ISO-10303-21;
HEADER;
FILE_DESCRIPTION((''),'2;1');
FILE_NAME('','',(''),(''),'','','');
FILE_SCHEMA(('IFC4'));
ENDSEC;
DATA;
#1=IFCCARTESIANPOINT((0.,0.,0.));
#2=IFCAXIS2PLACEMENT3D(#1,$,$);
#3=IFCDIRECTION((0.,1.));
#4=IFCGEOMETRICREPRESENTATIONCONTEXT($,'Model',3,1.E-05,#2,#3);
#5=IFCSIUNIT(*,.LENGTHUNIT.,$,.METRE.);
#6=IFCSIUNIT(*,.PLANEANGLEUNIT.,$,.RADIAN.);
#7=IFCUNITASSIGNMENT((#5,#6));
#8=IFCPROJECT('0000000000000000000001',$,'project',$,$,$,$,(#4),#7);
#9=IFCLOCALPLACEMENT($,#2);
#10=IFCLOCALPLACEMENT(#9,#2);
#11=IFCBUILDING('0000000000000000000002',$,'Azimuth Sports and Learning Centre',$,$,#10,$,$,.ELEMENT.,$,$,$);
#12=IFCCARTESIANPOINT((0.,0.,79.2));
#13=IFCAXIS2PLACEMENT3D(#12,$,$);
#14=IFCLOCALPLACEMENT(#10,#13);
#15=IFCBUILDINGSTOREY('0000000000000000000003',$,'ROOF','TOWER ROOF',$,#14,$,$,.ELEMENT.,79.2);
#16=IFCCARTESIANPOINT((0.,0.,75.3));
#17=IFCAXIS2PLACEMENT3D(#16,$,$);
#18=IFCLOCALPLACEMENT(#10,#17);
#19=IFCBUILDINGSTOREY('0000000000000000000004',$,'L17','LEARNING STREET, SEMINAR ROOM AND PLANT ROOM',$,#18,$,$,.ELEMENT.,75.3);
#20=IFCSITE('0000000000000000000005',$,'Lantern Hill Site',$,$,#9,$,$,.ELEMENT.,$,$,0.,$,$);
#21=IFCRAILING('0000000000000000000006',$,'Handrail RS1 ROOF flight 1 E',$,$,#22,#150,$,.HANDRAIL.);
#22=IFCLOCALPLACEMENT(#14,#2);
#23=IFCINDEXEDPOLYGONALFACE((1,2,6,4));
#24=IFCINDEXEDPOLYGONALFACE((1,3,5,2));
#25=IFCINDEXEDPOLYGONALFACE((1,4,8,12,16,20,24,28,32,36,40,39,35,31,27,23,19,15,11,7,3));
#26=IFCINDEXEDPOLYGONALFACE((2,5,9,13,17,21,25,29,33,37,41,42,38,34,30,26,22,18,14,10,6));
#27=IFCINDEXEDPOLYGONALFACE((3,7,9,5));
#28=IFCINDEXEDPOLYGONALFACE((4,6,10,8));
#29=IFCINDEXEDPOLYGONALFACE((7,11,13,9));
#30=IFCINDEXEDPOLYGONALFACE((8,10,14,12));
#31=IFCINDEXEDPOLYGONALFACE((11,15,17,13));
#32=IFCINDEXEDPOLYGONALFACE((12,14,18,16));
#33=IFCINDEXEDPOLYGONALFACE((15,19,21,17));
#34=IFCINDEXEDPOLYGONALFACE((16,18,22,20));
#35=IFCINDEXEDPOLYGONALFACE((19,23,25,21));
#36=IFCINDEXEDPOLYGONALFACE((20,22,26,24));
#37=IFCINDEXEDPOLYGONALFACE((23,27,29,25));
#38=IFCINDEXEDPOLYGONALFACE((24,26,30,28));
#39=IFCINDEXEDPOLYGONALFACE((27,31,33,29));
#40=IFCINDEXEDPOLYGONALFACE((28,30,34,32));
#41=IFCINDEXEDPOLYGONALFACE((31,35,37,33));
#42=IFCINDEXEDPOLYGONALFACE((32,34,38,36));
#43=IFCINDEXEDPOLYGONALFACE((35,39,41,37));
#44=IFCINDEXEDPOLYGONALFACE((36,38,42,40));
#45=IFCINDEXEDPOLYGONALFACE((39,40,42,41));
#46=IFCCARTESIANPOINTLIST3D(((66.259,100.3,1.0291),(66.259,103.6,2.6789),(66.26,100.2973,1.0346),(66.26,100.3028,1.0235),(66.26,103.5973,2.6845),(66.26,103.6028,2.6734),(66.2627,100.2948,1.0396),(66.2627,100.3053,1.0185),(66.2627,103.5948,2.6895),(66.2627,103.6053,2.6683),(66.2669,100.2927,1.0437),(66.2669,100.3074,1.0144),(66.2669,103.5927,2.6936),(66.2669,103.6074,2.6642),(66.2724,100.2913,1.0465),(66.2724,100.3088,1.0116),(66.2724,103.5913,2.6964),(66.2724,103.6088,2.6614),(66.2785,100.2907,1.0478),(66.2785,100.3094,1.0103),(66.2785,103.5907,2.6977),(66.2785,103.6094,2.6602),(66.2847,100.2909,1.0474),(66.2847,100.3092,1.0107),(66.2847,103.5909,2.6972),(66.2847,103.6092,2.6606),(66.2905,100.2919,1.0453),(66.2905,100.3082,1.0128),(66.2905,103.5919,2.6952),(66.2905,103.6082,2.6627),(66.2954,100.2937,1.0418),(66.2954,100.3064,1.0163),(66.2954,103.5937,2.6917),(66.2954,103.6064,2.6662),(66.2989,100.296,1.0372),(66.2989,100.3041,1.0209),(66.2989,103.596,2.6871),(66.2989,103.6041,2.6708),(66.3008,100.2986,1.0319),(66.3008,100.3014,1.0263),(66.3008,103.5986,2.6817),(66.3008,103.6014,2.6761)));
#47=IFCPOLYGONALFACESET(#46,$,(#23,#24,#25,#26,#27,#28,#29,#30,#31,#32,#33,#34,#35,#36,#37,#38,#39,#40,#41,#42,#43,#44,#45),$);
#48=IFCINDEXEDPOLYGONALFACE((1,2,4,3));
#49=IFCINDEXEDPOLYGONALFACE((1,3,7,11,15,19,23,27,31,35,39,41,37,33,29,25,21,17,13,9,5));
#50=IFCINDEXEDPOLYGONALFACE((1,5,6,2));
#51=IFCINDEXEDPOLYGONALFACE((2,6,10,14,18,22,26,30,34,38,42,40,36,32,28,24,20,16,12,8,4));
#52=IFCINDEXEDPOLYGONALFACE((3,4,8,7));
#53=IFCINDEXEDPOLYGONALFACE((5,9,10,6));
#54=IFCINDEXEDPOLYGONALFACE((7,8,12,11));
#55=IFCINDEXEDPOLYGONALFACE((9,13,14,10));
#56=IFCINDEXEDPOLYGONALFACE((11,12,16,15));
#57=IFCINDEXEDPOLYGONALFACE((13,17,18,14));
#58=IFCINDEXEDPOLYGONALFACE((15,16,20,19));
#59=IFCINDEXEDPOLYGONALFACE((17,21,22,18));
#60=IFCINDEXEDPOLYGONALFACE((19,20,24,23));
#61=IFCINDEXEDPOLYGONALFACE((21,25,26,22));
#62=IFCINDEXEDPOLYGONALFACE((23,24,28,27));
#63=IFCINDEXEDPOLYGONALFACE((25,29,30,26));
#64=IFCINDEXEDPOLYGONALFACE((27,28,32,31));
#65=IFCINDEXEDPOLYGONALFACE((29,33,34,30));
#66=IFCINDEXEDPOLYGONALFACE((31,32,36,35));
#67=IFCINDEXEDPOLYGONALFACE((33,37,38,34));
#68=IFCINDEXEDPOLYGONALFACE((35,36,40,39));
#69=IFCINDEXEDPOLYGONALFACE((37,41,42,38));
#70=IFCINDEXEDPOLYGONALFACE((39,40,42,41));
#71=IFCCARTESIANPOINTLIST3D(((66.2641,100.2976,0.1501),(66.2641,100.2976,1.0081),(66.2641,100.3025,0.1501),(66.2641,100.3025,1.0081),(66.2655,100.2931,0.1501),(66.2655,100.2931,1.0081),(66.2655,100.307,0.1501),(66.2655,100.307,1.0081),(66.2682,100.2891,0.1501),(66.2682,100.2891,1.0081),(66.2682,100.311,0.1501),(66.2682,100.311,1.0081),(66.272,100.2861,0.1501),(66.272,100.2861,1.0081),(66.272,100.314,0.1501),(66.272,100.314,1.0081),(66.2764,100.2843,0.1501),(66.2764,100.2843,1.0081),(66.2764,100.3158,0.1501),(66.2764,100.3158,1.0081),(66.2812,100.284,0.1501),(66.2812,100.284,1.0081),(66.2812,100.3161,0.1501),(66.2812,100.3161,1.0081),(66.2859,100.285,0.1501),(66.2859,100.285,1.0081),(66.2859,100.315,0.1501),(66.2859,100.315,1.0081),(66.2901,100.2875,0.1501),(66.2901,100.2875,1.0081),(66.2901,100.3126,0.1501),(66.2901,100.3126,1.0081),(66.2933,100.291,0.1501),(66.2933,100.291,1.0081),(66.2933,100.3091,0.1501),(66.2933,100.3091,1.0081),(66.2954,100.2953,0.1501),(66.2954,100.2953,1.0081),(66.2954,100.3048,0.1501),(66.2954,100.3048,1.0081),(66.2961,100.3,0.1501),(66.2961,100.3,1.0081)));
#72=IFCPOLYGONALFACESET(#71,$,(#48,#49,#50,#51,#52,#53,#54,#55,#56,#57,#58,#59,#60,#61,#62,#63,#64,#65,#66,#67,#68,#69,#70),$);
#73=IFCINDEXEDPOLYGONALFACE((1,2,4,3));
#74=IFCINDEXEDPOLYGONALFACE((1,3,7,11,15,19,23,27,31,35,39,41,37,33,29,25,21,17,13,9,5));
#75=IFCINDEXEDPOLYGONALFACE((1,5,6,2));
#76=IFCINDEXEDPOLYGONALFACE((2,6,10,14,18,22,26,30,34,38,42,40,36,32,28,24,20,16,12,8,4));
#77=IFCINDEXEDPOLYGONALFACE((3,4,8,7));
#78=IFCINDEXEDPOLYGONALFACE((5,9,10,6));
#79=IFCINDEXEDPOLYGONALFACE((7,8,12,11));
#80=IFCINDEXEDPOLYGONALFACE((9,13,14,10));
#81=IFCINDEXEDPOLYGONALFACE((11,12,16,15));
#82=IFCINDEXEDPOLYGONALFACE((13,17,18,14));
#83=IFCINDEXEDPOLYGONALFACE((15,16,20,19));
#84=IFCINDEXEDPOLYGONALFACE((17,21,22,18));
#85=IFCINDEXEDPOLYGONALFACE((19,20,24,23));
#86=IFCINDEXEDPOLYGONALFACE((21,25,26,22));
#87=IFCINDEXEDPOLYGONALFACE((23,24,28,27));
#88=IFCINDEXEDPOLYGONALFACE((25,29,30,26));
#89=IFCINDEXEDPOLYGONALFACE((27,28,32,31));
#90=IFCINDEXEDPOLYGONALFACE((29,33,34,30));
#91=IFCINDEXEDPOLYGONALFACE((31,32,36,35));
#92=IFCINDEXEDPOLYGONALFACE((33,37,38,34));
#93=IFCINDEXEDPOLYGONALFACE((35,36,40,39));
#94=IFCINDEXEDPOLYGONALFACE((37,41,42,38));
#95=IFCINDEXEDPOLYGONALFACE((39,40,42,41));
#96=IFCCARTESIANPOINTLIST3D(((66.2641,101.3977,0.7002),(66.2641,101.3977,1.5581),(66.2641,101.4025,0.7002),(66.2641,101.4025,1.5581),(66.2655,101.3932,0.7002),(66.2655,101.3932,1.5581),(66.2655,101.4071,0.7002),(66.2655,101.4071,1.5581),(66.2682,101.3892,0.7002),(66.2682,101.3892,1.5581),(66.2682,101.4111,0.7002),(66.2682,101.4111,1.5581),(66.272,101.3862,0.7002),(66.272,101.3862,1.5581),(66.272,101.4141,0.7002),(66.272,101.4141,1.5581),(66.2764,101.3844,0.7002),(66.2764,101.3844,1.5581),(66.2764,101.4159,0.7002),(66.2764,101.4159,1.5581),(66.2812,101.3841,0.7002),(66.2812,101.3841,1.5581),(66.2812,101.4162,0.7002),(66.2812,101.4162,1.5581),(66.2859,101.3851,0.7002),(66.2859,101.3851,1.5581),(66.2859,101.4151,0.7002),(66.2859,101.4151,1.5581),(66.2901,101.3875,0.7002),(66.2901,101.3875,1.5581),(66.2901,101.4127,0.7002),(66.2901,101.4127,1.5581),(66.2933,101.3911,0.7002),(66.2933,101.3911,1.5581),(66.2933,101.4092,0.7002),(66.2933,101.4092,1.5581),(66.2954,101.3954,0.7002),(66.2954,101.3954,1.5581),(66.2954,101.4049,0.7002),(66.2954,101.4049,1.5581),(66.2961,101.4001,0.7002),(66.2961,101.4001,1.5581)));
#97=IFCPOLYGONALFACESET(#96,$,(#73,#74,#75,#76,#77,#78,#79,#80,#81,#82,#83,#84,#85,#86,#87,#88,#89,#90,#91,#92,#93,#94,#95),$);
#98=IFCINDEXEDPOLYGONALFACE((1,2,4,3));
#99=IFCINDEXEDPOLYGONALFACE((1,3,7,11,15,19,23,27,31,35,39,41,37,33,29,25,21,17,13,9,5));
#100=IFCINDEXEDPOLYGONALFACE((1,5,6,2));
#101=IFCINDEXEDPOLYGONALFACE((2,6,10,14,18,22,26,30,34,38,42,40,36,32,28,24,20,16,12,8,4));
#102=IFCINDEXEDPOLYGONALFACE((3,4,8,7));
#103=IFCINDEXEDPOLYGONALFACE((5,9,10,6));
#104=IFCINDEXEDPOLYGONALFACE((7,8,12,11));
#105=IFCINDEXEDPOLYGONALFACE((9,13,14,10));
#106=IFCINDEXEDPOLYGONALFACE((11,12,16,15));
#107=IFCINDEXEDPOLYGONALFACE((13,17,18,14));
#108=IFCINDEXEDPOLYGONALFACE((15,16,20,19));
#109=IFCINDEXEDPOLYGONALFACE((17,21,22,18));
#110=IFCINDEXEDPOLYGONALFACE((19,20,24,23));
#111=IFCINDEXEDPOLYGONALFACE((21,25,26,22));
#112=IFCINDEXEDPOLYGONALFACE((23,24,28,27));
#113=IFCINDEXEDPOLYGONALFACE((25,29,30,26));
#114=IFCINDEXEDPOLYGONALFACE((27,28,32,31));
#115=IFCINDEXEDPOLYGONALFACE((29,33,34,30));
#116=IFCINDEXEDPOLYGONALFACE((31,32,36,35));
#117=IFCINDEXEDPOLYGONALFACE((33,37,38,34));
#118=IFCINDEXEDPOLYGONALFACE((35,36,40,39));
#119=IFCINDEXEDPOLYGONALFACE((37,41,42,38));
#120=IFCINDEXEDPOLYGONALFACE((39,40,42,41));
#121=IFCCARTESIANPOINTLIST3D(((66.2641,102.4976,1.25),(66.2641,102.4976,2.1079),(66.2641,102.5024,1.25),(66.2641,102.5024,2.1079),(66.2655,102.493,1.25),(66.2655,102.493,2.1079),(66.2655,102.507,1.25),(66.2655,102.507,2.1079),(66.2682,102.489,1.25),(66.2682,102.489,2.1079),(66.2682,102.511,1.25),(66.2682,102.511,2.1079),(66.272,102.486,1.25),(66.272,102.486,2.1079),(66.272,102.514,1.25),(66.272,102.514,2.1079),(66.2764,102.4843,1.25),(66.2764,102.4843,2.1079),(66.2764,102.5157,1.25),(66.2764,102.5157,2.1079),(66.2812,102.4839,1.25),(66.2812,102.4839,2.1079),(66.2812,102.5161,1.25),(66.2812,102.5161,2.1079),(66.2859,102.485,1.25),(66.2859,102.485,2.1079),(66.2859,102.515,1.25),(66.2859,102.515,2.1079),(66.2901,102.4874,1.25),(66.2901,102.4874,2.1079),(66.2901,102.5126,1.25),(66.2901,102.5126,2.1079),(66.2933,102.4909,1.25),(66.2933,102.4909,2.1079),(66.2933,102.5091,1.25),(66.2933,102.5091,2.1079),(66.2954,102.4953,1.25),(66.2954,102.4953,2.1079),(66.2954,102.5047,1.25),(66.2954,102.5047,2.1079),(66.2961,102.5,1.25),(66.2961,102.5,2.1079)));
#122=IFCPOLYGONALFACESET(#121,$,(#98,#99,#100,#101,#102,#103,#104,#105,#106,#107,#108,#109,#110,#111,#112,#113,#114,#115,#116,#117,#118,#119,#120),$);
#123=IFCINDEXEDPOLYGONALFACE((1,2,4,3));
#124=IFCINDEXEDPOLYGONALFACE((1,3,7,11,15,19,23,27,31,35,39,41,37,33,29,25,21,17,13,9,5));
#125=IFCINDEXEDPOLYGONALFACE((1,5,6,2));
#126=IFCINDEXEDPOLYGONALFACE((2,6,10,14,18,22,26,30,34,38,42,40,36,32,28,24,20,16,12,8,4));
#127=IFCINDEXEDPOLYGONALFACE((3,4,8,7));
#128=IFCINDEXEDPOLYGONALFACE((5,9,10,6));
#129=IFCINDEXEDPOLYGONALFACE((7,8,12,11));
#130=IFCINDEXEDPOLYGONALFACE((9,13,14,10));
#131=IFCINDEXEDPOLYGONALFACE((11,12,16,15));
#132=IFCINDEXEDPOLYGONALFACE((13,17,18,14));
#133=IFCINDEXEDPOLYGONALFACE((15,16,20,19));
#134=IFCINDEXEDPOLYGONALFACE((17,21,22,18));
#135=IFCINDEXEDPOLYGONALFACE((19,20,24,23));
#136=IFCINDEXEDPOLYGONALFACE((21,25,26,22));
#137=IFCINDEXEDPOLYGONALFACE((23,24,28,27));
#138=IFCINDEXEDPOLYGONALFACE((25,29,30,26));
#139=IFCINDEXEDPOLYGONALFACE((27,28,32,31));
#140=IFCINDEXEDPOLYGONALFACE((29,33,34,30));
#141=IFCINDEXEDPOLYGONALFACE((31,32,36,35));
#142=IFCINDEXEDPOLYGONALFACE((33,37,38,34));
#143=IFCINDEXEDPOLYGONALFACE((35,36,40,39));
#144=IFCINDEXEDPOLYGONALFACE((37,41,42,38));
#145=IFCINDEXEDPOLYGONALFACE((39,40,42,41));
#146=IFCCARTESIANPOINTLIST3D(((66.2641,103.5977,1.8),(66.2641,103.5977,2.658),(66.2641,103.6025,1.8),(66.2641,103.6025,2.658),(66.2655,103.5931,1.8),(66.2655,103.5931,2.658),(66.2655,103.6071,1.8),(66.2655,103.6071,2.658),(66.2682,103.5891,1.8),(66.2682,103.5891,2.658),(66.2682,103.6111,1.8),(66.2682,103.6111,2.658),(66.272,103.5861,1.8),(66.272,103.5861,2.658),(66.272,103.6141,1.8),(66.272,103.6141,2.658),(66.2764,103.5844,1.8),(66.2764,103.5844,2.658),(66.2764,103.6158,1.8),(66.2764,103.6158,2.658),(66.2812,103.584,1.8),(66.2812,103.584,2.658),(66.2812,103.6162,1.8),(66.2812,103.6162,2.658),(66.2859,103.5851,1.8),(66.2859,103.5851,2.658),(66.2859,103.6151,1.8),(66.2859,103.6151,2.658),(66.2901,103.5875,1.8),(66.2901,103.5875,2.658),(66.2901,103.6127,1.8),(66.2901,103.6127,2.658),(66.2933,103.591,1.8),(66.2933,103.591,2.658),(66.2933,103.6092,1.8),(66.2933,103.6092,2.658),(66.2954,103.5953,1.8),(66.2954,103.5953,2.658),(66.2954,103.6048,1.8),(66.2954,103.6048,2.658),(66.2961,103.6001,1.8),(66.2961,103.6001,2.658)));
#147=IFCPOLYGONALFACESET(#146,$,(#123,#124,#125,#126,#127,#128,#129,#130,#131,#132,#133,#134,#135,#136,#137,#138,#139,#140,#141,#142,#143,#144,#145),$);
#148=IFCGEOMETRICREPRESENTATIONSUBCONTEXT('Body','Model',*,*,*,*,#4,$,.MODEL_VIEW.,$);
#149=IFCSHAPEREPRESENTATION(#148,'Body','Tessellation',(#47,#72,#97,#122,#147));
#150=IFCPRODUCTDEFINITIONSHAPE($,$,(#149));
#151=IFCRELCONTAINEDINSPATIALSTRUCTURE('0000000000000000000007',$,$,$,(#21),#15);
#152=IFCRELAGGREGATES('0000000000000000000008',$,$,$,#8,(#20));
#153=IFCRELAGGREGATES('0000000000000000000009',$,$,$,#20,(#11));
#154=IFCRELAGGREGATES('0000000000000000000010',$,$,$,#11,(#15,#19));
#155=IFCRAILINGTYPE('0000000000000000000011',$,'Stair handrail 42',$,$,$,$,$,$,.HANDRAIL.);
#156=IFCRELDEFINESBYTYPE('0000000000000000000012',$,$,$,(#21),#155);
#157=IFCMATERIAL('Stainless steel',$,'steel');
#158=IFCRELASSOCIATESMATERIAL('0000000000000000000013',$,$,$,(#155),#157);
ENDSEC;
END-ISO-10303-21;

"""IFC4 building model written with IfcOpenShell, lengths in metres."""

from ifc_helpers import new_model, si_unit, direction, frame, origin, origin_2d, place, context, subcontext, project, spatial, circle, extrude, material, type_object, element, save


model = new_model("IFC4")

# Units and contexts
model_context = context("Model", 3, precision=1e-05, world=origin(), true_north=direction((0.0, 1.0)))
body_context = subcontext(model_context, "Body", "Model", "MODEL_VIEW")
ifc_project = project(units=[si_unit("LENGTHUNIT", "METRE"), si_unit("PLANEANGLEUNIT", "RADIAN")], contexts=[model_context])

# Site, building, storey
site_placement = place(None, origin())
site = spatial("IfcSite", under=ifc_project, at=site_placement, Name="Lantern Hill Site", CompositionType="ELEMENT", RefElevation=0.0)
building_placement = place(site_placement, origin())
building = spatial("IfcBuilding", under=site, at=building_placement, Name="Azimuth Sports and Learning Centre", CompositionType="ELEMENT")
storey_1_placement = place(building_placement, frame((0.0, 0.0, 79.2)))
storey_1 = spatial("IfcBuildingStorey", under=building, at=storey_1_placement, Name="ROOF", Description="TOWER ROOF", CompositionType="ELEMENT", Elevation=79.2)

# Shared definitions
storey_2_placement = place(building_placement, frame((0.0, 0.0, 75.3)))
storey_2 = spatial("IfcBuildingStorey", under=building, at=storey_2_placement, Name="L17", Description="LEARNING STREET, SEMINAR ROOM AND PLANT ROOM", CompositionType="ELEMENT", Elevation=75.3)

# Railing
ifc_material_1 = material(Name="Stainless steel", Category="steel")
railing_type_1 = type_object("IfcRailingType", Name="Stair handrail 42", PredefinedType="HANDRAIL", material=ifc_material_1)
for number, where, name in (
    (1, (66.28, 100.3, 0.1501), "Handrail RS1 ROOF flight 1 E"),
):
    element("IfcRailing", number, at=place(storey_1_placement, frame(where)), inside=storey_1, type_object=railing_type_1, Name=name, PredefinedType="HANDRAIL", context=body_context, shape_type="SweptSolid", body=[
        extrude(circle(Radius=0.021, at=origin_2d()), frame((0.0, 0.0, 0.8789), z_axis=(0.0, 0.89444, 0.447187), x_axis=(-1.0, 0.0, 0.0)), (0.0, 0.0, 1.0), 3.6895),
        extrude(circle(Radius=0.0161, at=origin_2d()), origin(), (0.0, 0.0, 1.0), 0.8579),
        extrude(circle(Radius=0.0161, at=origin_2d()), frame((0.0, 1.1001, 0.55)), (0.0, 0.0, 1.0), 0.8579),
        extrude(circle(Radius=0.0161, at=origin_2d()), frame((0.0, 2.2, 1.0999)), (0.0, 0.0, 1.0), 0.8579),
        extrude(circle(Radius=0.0161, at=origin_2d()), frame((0.0, 3.3, 1.6499)), (0.0, 0.0, 1.0), 0.8579),
    ])

save(model, "model.ifc")
